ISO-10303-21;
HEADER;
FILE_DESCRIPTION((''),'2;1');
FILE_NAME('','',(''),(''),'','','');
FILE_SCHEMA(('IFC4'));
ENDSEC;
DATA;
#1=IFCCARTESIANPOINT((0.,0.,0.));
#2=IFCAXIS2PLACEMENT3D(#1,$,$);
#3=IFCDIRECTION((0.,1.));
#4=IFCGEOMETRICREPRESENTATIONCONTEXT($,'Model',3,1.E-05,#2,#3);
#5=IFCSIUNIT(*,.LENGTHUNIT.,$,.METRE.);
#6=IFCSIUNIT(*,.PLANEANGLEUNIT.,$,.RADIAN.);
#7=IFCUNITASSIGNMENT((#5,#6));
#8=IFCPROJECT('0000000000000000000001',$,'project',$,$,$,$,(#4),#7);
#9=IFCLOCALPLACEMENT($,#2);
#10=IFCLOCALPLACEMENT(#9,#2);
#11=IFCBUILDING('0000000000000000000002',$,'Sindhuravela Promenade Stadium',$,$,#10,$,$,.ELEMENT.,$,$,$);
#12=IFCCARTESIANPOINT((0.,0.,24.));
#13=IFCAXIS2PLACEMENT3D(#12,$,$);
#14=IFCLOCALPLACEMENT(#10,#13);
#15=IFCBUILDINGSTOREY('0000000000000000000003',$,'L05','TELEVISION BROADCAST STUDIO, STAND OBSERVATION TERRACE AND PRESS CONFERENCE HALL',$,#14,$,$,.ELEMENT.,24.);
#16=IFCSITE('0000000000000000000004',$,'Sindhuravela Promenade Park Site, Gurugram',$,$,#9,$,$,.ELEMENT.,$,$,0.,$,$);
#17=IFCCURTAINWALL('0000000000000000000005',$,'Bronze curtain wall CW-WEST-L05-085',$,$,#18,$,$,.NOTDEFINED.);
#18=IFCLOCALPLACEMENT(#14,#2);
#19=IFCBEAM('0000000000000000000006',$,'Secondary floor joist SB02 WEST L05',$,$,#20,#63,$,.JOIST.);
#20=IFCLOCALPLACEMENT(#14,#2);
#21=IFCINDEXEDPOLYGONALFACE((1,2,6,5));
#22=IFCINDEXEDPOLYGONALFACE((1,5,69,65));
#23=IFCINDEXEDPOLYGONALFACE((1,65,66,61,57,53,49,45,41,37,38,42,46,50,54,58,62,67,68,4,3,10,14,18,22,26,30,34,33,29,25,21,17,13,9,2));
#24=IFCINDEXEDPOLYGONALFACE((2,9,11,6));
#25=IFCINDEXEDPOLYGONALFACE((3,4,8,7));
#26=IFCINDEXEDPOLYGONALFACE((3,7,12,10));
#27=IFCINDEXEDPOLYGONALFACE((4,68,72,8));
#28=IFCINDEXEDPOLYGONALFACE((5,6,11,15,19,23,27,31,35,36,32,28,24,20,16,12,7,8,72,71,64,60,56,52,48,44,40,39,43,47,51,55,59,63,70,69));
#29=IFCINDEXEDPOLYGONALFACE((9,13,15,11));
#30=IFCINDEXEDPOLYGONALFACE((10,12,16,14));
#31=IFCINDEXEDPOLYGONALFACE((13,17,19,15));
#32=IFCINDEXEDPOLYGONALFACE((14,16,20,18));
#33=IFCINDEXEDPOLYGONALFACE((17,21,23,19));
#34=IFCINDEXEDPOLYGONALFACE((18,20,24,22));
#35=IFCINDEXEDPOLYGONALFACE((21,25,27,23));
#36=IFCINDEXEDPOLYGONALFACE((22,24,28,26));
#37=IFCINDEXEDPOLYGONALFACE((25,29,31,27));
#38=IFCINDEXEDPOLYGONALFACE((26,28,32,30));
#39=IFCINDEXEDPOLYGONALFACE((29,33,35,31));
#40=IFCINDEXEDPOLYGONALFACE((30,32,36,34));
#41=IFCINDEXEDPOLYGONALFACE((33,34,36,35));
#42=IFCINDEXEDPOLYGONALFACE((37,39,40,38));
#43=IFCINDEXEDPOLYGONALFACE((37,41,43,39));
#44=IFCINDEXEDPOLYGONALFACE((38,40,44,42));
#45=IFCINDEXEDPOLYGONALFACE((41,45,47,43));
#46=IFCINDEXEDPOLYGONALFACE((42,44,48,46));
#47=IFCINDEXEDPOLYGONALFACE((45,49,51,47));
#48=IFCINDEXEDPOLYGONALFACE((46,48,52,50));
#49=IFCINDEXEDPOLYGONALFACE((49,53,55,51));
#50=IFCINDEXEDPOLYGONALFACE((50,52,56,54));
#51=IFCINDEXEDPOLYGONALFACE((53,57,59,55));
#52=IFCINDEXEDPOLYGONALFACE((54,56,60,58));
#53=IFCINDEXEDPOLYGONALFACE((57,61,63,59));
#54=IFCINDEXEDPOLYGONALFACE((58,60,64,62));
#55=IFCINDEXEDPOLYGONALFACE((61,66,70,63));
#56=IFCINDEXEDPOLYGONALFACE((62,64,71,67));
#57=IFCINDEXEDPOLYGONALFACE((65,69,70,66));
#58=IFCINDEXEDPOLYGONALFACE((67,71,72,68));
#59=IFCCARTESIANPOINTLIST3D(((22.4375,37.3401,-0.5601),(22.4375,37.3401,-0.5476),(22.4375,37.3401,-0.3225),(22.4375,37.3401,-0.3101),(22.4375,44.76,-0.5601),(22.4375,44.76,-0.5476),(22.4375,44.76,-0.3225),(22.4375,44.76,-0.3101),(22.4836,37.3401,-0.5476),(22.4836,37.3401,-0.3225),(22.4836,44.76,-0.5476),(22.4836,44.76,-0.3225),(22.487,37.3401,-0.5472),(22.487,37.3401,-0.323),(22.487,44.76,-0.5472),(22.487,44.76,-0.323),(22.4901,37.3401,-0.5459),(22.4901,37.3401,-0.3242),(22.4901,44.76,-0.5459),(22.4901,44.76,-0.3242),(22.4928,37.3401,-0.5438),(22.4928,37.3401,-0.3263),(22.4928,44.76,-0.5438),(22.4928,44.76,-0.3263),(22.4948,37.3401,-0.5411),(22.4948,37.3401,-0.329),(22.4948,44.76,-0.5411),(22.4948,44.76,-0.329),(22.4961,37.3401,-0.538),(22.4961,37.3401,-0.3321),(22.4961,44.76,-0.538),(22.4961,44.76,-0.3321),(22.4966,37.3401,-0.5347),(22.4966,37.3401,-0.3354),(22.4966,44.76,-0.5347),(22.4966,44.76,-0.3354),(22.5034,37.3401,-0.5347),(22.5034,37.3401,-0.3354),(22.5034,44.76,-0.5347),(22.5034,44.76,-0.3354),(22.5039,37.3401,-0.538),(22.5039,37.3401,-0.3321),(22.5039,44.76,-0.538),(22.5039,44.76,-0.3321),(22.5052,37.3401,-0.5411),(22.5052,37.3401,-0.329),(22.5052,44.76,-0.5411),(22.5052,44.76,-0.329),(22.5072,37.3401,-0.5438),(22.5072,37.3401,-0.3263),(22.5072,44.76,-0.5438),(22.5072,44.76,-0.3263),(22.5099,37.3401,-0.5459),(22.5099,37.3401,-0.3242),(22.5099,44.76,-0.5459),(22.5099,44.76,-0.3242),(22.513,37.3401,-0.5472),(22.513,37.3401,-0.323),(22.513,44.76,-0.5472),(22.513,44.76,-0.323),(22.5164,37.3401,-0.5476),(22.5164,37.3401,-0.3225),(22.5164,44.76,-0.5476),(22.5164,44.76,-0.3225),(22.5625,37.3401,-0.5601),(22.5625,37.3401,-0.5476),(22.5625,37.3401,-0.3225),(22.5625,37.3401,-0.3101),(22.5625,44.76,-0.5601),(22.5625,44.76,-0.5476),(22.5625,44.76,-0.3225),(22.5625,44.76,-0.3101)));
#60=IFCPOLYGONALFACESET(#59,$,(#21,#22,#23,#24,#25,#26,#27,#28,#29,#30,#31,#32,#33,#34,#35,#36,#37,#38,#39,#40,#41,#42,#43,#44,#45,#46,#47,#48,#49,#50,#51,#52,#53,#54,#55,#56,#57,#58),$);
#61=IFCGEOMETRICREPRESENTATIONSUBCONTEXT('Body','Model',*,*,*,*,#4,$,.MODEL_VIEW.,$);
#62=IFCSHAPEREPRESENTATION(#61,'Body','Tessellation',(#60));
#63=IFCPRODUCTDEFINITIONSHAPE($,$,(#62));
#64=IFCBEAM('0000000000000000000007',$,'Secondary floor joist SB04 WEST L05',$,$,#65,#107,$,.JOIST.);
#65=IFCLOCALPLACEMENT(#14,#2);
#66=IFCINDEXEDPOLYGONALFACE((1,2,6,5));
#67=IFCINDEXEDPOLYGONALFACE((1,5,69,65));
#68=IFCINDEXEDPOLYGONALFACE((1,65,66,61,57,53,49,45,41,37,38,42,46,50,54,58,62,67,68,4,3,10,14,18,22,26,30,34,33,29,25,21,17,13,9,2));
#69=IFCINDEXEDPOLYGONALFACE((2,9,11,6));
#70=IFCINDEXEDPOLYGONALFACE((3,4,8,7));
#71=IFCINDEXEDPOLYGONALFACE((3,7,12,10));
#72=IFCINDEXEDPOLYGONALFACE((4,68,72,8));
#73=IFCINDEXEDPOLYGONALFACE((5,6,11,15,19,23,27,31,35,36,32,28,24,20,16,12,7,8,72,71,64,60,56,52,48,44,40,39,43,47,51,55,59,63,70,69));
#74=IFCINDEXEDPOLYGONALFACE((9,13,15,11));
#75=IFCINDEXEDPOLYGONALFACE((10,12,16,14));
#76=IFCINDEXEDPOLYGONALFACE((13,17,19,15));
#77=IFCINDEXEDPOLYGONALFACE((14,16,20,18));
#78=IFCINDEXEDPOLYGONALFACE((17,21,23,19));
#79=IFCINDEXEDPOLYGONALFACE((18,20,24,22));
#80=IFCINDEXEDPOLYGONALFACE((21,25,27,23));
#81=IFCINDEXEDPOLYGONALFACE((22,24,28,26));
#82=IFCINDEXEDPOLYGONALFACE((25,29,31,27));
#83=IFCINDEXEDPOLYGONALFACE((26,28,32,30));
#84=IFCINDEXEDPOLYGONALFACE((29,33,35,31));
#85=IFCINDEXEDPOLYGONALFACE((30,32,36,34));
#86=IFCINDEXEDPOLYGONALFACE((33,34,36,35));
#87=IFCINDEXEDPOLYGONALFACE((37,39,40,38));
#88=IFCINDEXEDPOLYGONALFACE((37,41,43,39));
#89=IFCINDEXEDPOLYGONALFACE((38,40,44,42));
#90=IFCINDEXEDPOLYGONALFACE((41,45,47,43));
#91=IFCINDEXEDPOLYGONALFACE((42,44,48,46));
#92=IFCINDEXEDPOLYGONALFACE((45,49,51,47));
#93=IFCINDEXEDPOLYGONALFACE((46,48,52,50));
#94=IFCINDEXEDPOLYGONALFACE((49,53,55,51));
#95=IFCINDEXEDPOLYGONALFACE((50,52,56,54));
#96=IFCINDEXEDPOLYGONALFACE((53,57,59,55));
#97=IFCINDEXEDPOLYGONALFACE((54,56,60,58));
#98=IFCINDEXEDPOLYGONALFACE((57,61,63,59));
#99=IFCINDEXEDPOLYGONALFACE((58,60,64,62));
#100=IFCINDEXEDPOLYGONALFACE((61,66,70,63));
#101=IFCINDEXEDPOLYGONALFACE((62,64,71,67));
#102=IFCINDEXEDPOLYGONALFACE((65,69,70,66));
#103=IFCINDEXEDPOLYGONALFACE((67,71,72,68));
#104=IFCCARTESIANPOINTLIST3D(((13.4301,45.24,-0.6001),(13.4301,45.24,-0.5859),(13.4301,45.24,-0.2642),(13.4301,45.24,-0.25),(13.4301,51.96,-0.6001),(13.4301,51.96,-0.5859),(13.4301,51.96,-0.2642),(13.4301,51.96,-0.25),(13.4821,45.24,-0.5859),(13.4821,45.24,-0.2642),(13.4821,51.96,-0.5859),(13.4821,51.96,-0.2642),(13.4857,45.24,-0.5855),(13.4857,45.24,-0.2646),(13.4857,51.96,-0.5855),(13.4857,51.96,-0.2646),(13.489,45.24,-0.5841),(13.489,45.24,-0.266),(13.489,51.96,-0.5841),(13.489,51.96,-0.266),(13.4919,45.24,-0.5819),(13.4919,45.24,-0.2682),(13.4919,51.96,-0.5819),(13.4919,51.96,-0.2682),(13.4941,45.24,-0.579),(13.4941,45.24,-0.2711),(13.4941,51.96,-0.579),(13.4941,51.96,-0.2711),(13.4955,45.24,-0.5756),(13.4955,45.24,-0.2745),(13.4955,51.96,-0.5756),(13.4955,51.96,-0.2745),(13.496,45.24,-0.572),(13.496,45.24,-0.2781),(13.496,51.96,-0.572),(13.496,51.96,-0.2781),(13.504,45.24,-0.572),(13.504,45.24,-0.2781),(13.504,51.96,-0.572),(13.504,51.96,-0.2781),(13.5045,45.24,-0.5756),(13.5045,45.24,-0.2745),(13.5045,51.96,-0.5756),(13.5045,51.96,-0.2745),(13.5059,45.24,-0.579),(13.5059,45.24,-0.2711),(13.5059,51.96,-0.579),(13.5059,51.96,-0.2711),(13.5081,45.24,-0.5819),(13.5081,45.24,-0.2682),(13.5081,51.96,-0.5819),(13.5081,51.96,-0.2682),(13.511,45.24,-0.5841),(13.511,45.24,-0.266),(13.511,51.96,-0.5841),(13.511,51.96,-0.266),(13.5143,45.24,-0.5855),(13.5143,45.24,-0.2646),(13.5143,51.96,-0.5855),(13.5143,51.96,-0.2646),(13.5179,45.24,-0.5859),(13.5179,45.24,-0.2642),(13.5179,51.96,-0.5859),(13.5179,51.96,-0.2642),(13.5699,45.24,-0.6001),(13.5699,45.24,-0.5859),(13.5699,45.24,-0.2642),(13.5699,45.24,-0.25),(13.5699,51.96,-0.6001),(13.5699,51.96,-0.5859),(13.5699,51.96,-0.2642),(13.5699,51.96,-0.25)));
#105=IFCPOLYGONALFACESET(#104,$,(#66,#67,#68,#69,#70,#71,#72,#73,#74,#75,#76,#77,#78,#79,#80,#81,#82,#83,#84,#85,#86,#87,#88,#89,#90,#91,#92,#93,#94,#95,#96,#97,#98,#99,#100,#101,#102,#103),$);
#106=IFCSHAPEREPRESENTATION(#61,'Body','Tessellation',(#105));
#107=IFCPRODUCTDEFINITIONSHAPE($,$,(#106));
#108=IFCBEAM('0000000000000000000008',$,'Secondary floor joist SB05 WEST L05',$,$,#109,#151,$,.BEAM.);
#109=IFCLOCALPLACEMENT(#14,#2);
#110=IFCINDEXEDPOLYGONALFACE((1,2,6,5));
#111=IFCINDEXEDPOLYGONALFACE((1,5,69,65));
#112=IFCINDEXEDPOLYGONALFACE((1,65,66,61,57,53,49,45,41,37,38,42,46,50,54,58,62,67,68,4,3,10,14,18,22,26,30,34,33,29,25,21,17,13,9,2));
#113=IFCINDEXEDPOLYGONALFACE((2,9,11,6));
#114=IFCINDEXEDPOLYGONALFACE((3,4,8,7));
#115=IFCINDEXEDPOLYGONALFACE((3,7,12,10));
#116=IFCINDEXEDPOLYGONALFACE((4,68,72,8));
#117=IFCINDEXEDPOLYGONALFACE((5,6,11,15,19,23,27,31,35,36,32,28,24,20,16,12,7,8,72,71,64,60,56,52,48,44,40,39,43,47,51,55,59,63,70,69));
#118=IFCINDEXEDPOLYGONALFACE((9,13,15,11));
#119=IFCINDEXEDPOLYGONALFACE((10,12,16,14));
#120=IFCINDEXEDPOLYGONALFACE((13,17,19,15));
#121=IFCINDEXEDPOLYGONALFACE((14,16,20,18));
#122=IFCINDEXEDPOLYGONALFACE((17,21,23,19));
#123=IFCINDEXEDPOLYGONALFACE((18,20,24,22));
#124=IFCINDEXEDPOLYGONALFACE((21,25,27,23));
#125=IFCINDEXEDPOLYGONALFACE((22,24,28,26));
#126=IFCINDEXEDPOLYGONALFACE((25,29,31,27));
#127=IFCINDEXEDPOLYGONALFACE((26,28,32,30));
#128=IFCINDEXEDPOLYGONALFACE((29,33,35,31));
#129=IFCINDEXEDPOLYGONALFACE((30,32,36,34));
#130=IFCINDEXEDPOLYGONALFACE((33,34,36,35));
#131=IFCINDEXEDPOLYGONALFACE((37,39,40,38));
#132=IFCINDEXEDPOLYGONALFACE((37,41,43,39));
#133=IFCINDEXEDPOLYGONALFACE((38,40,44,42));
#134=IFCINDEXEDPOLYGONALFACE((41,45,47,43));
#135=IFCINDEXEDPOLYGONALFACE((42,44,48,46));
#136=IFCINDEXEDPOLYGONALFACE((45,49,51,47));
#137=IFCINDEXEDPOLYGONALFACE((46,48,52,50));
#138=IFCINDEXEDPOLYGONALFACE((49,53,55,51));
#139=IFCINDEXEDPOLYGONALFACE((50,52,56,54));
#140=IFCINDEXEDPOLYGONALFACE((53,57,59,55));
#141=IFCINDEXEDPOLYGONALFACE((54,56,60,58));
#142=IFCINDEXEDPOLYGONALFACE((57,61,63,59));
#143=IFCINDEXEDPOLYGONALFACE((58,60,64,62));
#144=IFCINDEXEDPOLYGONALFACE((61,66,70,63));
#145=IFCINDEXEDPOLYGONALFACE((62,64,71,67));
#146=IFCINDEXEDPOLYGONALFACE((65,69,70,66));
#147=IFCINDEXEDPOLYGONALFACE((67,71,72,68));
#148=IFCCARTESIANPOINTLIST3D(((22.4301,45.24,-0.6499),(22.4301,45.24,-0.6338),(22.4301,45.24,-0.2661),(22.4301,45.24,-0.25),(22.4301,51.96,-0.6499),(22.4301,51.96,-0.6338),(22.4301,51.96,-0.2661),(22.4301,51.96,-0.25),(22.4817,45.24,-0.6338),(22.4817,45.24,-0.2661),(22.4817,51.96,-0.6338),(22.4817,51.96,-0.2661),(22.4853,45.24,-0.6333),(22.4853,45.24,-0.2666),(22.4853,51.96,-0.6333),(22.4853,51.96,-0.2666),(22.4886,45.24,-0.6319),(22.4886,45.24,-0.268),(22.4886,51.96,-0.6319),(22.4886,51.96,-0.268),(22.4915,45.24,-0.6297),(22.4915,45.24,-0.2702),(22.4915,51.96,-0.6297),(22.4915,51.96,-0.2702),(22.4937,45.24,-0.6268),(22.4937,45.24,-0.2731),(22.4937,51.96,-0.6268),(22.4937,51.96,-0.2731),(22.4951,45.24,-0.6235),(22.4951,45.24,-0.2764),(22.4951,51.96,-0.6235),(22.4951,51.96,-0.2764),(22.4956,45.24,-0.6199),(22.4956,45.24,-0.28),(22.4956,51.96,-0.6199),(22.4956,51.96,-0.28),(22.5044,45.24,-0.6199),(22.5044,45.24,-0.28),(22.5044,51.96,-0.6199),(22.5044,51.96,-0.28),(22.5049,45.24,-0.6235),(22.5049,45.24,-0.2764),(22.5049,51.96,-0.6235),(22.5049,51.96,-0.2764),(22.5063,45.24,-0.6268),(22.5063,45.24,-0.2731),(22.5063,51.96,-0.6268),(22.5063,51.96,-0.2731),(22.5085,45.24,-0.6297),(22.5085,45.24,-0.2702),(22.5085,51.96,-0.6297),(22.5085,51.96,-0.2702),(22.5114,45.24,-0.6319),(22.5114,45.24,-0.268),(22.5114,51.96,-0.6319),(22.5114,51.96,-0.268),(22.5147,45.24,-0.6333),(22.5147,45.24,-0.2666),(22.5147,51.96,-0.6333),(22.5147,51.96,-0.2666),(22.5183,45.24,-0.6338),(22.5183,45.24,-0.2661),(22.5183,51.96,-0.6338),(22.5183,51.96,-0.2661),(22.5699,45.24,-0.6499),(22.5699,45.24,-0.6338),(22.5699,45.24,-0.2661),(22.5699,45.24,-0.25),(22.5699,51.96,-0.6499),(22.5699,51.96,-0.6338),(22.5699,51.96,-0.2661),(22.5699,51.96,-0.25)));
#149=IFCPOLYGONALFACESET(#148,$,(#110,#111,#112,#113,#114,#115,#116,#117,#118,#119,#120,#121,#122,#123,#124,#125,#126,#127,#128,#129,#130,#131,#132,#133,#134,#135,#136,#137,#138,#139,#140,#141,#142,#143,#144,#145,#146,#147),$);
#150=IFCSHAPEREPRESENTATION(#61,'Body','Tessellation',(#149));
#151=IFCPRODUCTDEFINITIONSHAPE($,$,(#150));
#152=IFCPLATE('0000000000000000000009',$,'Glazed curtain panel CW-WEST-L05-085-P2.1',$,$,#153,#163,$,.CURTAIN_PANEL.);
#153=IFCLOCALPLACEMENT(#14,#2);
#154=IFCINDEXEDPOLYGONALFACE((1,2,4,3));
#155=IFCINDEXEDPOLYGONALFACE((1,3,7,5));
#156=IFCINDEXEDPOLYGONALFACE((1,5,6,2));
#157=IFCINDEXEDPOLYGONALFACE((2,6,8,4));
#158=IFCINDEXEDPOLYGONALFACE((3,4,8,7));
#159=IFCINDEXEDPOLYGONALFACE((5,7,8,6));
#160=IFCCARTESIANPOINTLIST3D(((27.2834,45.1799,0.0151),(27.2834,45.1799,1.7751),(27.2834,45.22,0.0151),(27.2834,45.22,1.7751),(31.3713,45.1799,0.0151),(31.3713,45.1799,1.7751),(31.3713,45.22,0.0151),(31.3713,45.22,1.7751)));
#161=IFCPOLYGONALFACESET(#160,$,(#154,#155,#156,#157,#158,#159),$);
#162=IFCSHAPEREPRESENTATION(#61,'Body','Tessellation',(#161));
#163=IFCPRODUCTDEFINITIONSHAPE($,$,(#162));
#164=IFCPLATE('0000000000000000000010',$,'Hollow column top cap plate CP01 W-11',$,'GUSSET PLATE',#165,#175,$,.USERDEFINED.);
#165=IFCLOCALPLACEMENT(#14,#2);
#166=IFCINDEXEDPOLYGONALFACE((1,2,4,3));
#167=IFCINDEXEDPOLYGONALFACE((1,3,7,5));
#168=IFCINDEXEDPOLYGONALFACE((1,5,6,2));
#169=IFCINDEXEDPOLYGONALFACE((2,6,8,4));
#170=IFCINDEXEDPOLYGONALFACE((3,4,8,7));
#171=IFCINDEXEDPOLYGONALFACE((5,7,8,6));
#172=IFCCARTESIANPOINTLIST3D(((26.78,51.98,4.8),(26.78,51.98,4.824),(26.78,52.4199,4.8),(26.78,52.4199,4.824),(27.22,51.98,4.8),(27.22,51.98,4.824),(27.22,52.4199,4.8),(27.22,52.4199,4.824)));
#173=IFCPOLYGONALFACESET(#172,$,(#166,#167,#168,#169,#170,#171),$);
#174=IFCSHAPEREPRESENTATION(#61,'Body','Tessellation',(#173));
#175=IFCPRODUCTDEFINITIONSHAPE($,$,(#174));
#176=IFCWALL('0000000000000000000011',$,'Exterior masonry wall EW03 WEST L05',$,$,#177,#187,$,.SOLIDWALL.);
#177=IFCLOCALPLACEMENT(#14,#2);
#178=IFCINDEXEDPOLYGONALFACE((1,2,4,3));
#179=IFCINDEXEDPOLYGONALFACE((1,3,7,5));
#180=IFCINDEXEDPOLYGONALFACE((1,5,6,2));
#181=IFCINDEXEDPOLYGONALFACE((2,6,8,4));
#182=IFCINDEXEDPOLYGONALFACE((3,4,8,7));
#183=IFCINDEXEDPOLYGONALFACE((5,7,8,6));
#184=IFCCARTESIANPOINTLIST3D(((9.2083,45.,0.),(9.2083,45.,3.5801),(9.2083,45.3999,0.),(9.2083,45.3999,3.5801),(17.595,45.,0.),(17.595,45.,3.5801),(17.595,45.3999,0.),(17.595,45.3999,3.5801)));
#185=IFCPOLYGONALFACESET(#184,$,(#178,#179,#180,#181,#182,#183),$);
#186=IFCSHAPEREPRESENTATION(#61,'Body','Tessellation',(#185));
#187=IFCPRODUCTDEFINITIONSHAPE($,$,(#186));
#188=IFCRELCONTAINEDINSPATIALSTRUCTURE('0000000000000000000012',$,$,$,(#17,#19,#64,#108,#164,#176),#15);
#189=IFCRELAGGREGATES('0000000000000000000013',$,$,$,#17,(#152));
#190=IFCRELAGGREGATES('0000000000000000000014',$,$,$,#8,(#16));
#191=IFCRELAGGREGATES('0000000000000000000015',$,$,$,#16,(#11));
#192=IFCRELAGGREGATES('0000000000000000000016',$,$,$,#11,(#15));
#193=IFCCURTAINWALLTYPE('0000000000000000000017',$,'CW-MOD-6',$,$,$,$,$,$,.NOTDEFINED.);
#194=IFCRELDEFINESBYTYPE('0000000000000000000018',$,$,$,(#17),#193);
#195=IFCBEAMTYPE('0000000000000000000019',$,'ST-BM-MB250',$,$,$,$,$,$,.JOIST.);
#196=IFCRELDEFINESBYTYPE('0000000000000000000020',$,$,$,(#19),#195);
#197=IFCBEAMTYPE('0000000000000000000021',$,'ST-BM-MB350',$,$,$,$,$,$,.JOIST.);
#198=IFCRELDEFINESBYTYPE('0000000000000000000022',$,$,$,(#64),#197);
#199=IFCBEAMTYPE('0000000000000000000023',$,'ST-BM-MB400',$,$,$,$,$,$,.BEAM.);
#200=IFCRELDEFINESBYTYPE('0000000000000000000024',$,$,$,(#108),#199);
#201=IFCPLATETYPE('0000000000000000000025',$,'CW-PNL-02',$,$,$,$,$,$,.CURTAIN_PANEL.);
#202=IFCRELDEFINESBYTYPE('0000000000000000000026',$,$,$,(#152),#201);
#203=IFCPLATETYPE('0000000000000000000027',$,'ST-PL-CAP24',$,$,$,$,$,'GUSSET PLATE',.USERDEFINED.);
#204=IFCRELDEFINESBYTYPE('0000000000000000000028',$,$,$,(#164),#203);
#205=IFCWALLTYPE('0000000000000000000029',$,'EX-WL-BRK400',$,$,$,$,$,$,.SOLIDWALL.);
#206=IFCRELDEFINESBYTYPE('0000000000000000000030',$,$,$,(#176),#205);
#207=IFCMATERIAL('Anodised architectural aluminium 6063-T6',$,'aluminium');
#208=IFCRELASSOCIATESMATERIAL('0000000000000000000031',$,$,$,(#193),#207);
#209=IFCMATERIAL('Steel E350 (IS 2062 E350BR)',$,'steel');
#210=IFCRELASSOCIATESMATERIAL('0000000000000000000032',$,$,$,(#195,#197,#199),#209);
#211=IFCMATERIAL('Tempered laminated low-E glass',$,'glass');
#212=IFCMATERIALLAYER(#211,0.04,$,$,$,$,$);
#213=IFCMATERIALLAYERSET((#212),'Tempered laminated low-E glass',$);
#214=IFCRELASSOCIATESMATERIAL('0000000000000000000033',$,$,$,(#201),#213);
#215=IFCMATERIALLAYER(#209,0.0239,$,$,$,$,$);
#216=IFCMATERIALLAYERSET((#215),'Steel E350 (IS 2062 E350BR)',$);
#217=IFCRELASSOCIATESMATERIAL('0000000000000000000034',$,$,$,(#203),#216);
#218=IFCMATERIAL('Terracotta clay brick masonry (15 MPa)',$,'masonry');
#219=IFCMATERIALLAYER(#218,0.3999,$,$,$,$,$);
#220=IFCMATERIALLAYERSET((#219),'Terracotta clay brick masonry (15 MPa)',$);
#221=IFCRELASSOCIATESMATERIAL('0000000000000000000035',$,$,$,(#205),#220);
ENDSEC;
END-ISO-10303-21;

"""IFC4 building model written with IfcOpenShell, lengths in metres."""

from ifc_helpers import new_model, si_unit, direction, frame, frame_2d, origin, origin_2d, place, context, subcontext, project, spatial, rectangle, i_section, extrude, material, layer, layer_set, material_profile, profile_set, type_object, element, aggregate, save


model = new_model("IFC4")

# Units and contexts
model_context = context("Model", 3, precision=1e-05, world=origin(), true_north=direction((0.0, 1.0)))
body_context = subcontext(model_context, "Body", "Model", "MODEL_VIEW")
ifc_project = project(units=[si_unit("LENGTHUNIT", "METRE"), si_unit("PLANEANGLEUNIT", "RADIAN")], contexts=[model_context])

# Site, building, storey
site_placement = place(None, origin())
site = spatial("IfcSite", under=ifc_project, at=site_placement, Name="Sindhuravela Promenade Park Site, Gurugram", CompositionType="ELEMENT", RefElevation=0.0)
building_placement = place(site_placement, origin())
building = spatial("IfcBuilding", under=site, at=building_placement, Name="Sindhuravela Promenade Stadium", CompositionType="ELEMENT")
storey_placement = place(building_placement, frame((0.0, 0.0, 24.0)))
storey = spatial("IfcBuildingStorey", under=building, at=storey_placement, Name="L05", Description="TELEVISION BROADCAST STUDIO, STAND OBSERVATION TERRACE AND PRESS CONFERENCE HALL", CompositionType="ELEMENT", Elevation=24.0)

# Shared definitions
ifc_material_1 = material(Name="Steel E350 (IS 2062 E350BR)", Category="steel")

# Curtain wall
ifc_material_2 = material(Name="Anodised architectural aluminium 6063-T6", Category="aluminium")
curtain_wall_type = type_object("IfcCurtainWallType", Name="CW-MOD-6", PredefinedType="NOTDEFINED", material=ifc_material_2)
curtain_wall_placement = place(storey_placement, origin())
curtain_wall = element("IfcCurtainWall", 1, at=curtain_wall_placement, inside=storey, type_object=curtain_wall_type, Name="Bronze curtain wall CW-WEST-L05-085", PredefinedType="NOTDEFINED")

# Beams
ifc_material_profile_1 = material_profile(ifc_material_1, i_section(OverallWidth=0.125, OverallDepth=0.25, WebThickness=0.0068, FlangeThickness=0.0125, FilletRadius=0.0129, at=origin_2d()), Name="ISMB 250")
ifc_profile_set_1 = profile_set([ifc_material_profile_1], Name="Steel E350 (IS 2062 E350BR)")
beam_type_1 = type_object("IfcBeamType", Name="ST-BM-MB250", PredefinedType="JOIST", material=ifc_profile_set_1)
beam_1_placement = place(storey_placement, frame((22.5, 37.3401, -0.4351), z_axis=(0.0, 1.0, 0.0), x_axis=(-1.0, 0.0, 0.0)))
element("IfcBeam", 2, at=beam_1_placement, inside=storey, type_object=beam_type_1, Name="Secondary floor joist SB02 WEST L05", PredefinedType="JOIST", context=body_context, shape_type="SweptSolid", body=[
    extrude(i_section(OverallWidth=0.125, OverallDepth=0.25, WebThickness=0.0068, FlangeThickness=0.0125, FilletRadius=0.0129, at=origin_2d()), origin(), (0.0, 0.0, 1.0), 7.4199),
])
ifc_material_profile_2 = material_profile(ifc_material_1, i_section(OverallWidth=0.1399, OverallDepth=0.3501, WebThickness=0.0081, FlangeThickness=0.0142, FilletRadius=0.0139, at=origin_2d()), Name="ISMB 350")
ifc_profile_set_2 = profile_set([ifc_material_profile_2], Name="Steel E350 (IS 2062 E350BR)")
beam_type_2 = type_object("IfcBeamType", Name="ST-BM-MB350", PredefinedType="JOIST", material=ifc_profile_set_2)
beam_2_placement = place(storey_placement, frame((13.5, 45.24, -0.425), z_axis=(0.0, 1.0, 0.0), x_axis=(-1.0, 0.0, 0.0)))
element("IfcBeam", 3, at=beam_2_placement, inside=storey, type_object=beam_type_2, Name="Secondary floor joist SB04 WEST L05", PredefinedType="JOIST", context=body_context, shape_type="SweptSolid", body=[
    extrude(i_section(OverallWidth=0.1399, OverallDepth=0.3501, WebThickness=0.0081, FlangeThickness=0.0142, FilletRadius=0.0139, at=origin_2d()), origin(), (0.0, 0.0, 1.0), 6.72),
])
ifc_material_profile_3 = material_profile(ifc_material_1, i_section(OverallWidth=0.1399, OverallDepth=0.3999, WebThickness=0.0088, FlangeThickness=0.0161, FilletRadius=0.0139, at=origin_2d()), Name="ISMB 400")
ifc_profile_set_3 = profile_set([ifc_material_profile_3], Name="Steel E350 (IS 2062 E350BR)")
beam_type_3 = type_object("IfcBeamType", Name="ST-BM-MB400", PredefinedType="BEAM", material=ifc_profile_set_3)
beam_3_placement = place(storey_placement, frame((22.5, 45.24, -0.45), z_axis=(0.0, 1.0, 0.0), x_axis=(-1.0, 0.0, 0.0)))
element("IfcBeam", 4, at=beam_3_placement, inside=storey, type_object=beam_type_3, Name="Secondary floor joist SB05 WEST L05", PredefinedType="BEAM", context=body_context, shape_type="SweptSolid", body=[
    extrude(i_section(OverallWidth=0.1399, OverallDepth=0.3999, WebThickness=0.0088, FlangeThickness=0.0161, FilletRadius=0.0139, at=origin_2d()), origin(), (0.0, 0.0, 1.0), 6.72),
])

# Plates
ifc_material_3 = material(Name="Tempered laminated low-E glass", Category="glass")
ifc_layer_1 = layer(ifc_material_3, 0.04)
ifc_layer_set_1 = layer_set([ifc_layer_1], Name="Tempered laminated low-E glass")
plate_type_1 = type_object("IfcPlateType", Name="CW-PNL-02", PredefinedType="CURTAIN_PANEL", material=ifc_layer_set_1)
plate_1_placement = place(storey_placement, frame((29.3274, 45.2, 0.0151), z_axis=(0.0, 0.0, 1.0), x_axis=(-1.0, 0.0, 0.0)))
plate_1 = element("IfcPlate", 5, at=plate_1_placement, type_object=plate_type_1, Name="Glazed curtain panel CW-WEST-L05-085-P2.1", PredefinedType="CURTAIN_PANEL", context=body_context, shape_type="SweptSolid", body=[
    extrude(rectangle(XDim=4.0879, YDim=0.04, at=origin_2d()), origin(), (0.0, 0.0, 1.0), 1.76),
])
aggregate(curtain_wall, [plate_1])
ifc_layer_2 = layer(ifc_material_1, 0.0239)
ifc_layer_set_2 = layer_set([ifc_layer_2], Name="Steel E350 (IS 2062 E350BR)")
plate_type_2 = type_object("IfcPlateType", Name="ST-PL-CAP24", ElementType="GUSSET PLATE", PredefinedType="USERDEFINED", material=ifc_layer_set_2)
plate_2_placement = place(storey_placement, frame((27.0, 52.2, 4.8), z_axis=(0.0, 0.0, 1.0), x_axis=(1.0, 0.0, 0.0)))
element("IfcPlate", 6, at=plate_2_placement, inside=storey, type_object=plate_type_2, Name="Hollow column top cap plate CP01 W-11", ObjectType="GUSSET PLATE", PredefinedType="USERDEFINED", context=body_context, shape_type="SweptSolid", body=[
    extrude(rectangle(XDim=0.4399, YDim=0.4399, at=origin_2d()), origin(), (0.0, 0.0, 1.0), 0.0239),
])

# Wall
ifc_material_4 = material(Name="Terracotta clay brick masonry (15 MPa)", Category="masonry")
ifc_layer_3 = layer(ifc_material_4, 0.3999)
ifc_layer_set_3 = layer_set([ifc_layer_3], Name="Terracotta clay brick masonry (15 MPa)")
wall_type_1 = type_object("IfcWallType", Name="EX-WL-BRK400", PredefinedType="SOLIDWALL", material=ifc_layer_set_3)
wall_1_placement = place(storey_placement, frame((17.595, 45.2, 0.0), z_axis=(0.0, 0.0, 1.0), x_axis=(-1.0, 0.0, 0.0)))
element("IfcWall", 7, at=wall_1_placement, inside=storey, type_object=wall_type_1, Name="Exterior masonry wall EW03 WEST L05", PredefinedType="SOLIDWALL", context=body_context, shape_type="SweptSolid", body=[
    extrude(rectangle(XDim=8.3867, YDim=0.3999, at=frame_2d((4.1934, 0.0))), origin(), (0.0, 0.0, 1.0), 3.5801),
])

save(model, "model.ifc")
